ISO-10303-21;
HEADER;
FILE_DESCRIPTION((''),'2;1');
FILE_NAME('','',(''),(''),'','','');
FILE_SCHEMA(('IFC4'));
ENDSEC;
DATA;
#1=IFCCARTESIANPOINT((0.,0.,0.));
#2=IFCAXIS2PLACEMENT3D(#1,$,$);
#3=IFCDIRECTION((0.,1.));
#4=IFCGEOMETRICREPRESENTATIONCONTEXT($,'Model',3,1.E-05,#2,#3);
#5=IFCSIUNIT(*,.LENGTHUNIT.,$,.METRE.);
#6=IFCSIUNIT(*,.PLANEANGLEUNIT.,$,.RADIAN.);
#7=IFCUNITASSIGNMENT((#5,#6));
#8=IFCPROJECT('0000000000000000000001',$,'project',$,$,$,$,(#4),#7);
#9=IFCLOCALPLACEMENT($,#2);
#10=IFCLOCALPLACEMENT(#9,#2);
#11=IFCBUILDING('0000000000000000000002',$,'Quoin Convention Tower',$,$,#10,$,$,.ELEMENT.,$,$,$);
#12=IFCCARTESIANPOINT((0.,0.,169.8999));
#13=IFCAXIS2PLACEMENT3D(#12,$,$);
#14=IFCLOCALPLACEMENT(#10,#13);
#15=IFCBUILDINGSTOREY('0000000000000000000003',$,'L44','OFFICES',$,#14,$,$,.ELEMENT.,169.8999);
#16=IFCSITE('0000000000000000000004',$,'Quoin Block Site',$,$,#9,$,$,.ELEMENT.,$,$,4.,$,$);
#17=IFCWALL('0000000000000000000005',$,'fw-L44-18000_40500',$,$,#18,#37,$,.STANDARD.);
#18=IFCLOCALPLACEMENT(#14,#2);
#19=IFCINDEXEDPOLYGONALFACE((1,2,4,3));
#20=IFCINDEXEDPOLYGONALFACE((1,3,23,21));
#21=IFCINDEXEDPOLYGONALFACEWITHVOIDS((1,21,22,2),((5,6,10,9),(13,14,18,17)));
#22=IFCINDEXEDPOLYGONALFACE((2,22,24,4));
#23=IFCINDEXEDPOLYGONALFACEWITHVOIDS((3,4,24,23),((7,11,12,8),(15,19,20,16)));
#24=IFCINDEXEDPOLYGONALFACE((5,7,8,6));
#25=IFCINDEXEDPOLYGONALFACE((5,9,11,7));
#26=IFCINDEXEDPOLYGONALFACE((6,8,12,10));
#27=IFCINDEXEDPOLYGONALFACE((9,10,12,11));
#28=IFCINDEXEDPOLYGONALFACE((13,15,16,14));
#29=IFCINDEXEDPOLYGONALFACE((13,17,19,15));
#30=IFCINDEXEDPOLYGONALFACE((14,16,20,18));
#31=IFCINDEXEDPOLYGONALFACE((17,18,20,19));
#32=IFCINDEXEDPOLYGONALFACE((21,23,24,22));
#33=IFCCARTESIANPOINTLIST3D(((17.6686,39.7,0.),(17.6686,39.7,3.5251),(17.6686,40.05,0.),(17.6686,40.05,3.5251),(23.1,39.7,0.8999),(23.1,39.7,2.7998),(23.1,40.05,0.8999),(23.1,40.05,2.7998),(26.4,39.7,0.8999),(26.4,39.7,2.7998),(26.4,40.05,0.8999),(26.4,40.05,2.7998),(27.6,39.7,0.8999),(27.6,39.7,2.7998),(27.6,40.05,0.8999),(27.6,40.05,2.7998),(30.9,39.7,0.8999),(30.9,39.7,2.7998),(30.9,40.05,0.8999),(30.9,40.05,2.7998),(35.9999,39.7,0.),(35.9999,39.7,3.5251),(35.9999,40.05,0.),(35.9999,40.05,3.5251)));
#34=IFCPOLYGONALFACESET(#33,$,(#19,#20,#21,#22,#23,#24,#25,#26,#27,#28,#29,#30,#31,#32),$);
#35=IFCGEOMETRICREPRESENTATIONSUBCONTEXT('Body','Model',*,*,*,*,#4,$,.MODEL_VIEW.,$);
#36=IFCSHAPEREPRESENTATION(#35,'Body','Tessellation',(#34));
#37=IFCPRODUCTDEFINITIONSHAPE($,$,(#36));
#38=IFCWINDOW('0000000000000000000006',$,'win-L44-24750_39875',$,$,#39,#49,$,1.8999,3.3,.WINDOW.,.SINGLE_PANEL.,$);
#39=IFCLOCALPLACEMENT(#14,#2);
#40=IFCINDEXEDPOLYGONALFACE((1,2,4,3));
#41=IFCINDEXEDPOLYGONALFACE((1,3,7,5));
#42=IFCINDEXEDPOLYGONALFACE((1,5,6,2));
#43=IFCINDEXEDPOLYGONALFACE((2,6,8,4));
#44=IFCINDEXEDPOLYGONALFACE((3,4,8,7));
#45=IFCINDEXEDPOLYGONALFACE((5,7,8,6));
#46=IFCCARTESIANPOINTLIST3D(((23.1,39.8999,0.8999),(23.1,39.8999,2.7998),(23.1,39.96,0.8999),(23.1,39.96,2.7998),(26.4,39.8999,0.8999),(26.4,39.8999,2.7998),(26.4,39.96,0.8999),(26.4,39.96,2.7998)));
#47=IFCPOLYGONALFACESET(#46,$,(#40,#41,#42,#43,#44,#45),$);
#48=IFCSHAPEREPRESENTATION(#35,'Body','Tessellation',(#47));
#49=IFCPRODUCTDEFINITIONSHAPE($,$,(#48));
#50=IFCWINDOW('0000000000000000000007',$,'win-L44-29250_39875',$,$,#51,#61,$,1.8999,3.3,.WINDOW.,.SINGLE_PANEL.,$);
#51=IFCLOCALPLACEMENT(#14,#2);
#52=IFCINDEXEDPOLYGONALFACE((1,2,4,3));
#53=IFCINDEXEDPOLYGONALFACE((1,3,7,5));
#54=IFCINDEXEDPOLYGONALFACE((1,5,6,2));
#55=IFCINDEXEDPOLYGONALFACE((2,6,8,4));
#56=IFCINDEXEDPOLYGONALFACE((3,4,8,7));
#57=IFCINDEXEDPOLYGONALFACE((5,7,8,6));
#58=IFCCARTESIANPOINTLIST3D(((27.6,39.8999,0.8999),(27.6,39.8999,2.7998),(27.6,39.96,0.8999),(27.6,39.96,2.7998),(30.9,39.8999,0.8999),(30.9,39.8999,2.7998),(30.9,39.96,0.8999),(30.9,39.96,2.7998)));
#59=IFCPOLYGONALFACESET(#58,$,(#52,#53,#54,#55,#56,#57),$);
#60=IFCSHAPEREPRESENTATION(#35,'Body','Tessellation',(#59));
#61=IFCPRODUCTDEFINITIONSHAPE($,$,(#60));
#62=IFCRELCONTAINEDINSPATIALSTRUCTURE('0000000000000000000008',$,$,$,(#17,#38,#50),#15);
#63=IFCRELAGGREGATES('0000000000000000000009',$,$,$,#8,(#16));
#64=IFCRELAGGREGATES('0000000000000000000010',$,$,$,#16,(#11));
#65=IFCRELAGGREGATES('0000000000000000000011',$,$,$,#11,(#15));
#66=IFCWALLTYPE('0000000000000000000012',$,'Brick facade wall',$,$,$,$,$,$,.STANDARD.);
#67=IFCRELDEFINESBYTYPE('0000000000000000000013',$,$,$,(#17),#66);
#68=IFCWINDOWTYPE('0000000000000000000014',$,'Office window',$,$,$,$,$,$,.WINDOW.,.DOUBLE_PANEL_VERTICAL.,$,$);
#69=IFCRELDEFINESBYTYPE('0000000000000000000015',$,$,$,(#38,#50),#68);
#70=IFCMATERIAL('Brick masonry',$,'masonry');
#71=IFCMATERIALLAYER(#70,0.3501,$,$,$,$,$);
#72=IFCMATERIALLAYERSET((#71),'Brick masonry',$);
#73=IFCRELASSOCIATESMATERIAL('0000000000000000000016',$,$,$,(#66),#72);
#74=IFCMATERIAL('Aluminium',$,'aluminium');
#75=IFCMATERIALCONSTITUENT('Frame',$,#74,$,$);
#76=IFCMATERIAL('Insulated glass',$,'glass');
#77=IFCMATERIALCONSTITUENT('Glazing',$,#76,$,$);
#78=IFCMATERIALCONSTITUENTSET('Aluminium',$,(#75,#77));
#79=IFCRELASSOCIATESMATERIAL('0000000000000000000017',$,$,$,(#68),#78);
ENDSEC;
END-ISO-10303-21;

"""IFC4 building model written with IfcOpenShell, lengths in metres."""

from ifc_helpers import new_model, si_unit, direction, frame, frame_2d, origin, place, context, subcontext, project, spatial, rectangle, extrude, material, layer, layer_set, constituent, constituent_set, type_object, element, fill, save


model = new_model("IFC4")

# Units and contexts
model_context = context("Model", 3, precision=1e-05, world=origin(), true_north=direction((0.0, 1.0)))
body_context = subcontext(model_context, "Body", "Model", "MODEL_VIEW")
ifc_project = project(units=[si_unit("LENGTHUNIT", "METRE"), si_unit("PLANEANGLEUNIT", "RADIAN")], contexts=[model_context])

# Site, building, storey
site_placement = place(None, origin())
site = spatial("IfcSite", under=ifc_project, at=site_placement, Name="Quoin Block Site", CompositionType="ELEMENT", RefElevation=4.0)
building_placement = place(site_placement, origin())
building = spatial("IfcBuilding", under=site, at=building_placement, Name="Quoin Convention Tower", CompositionType="ELEMENT")
storey_placement = place(building_placement, frame((0.0, 0.0, 169.8999)))
storey = spatial("IfcBuildingStorey", under=building, at=storey_placement, Name="L44", Description="OFFICES", CompositionType="ELEMENT", Elevation=169.8999)

# Wall, openings, windows
ifc_material_1 = material(Name="Brick masonry", Category="masonry")
ifc_layer_1 = layer(ifc_material_1, 0.3501)
ifc_layer_set_1 = layer_set([ifc_layer_1], Name="Brick masonry")
wall_type = type_object("IfcWallType", Name="Brick facade wall", PredefinedType="STANDARD", material=ifc_layer_set_1)
ifc_material_2 = material(Name="Aluminium", Category="aluminium")
ifc_constituent_1 = constituent(ifc_material_2, Name="Frame")
ifc_material_3 = material(Name="Insulated glass", Category="glass")
ifc_constituent_2 = constituent(ifc_material_3, Name="Glazing")
ifc_constituent_set = constituent_set(constituents=[ifc_constituent_1, ifc_constituent_2], Name="Aluminium")
window_type = type_object("IfcWindowType", Name="Office window", PartitioningType="DOUBLE_PANEL_VERTICAL", PredefinedType="WINDOW", material=ifc_constituent_set)
wall_1_placement = place(storey_placement, frame((17.6687, 39.875, 0.0), z_axis=(0.0, 0.0, 1.0), x_axis=(1.0, 0.0, 0.0)))
wall_1 = element("IfcWall", 1, at=wall_1_placement, inside=storey, type_object=wall_type, Name="fw-L44-18000_40500", PredefinedType="STANDARD", context=body_context, shape_type="SweptSolid", body=[
    extrude(rectangle(XDim=18.3313, YDim=0.3501, at=frame_2d((9.1655, 0.0))), origin(), (0.0, 0.0, 1.0), 3.5251),
])
opening_1_placement = place(wall_1_placement, frame((5.4314, 0.0, 0.8999)))
opening_1 = element("IfcOpeningElement", 2, at=opening_1_placement, cuts=wall_1, PredefinedType="OPENING", context=body_context, shape_type="SweptSolid", body=[
    extrude(rectangle(XDim=3.3, YDim=1.8999, at=frame_2d((1.6499, 0.95))), frame((0.0, 0.1851, 0.0), z_axis=(0.0, -1.0, 0.0), x_axis=(1.0, 0.0, 0.0)), (0.0, 0.0, 1.0), 0.3701),
])
opening_2_placement = place(wall_1_placement, frame((9.9314, 0.0, 0.8999)))
opening_2 = element("IfcOpeningElement", 3, at=opening_2_placement, cuts=wall_1, PredefinedType="OPENING", context=body_context, shape_type="SweptSolid", body=[
    extrude(rectangle(XDim=3.3, YDim=1.8999, at=frame_2d((1.6499, 0.95))), frame((0.0, 0.1851, 0.0), z_axis=(0.0, -1.0, 0.0), x_axis=(1.0, 0.0, 0.0)), (0.0, 0.0, 1.0), 0.3701),
])
window_1_placement = place(opening_1_placement, origin())
window_1 = element("IfcWindow", 4, at=window_1_placement, inside=storey, type_object=window_type, Name="win-L44-24750_39875", OverallHeight=1.8999, OverallWidth=3.3, PartitioningType="SINGLE_PANEL", PredefinedType="WINDOW", context=body_context, shape_type="SweptSolid", body=[
    extrude(rectangle(XDim=3.3, YDim=1.8999, at=frame_2d((1.6499, 0.95))), frame((0.0, 0.085, 0.0), z_axis=(0.0, -1.0, 0.0), x_axis=(1.0, 0.0, 0.0)), (0.0, 0.0, 1.0), 0.0601),
])
fill(opening_1, window_1)
window_2_placement = place(opening_2_placement, origin())
window_2 = element("IfcWindow", 5, at=window_2_placement, inside=storey, type_object=window_type, Name="win-L44-29250_39875", OverallHeight=1.8999, OverallWidth=3.3, PartitioningType="SINGLE_PANEL", PredefinedType="WINDOW", context=body_context, shape_type="SweptSolid", body=[
    extrude(rectangle(XDim=3.3, YDim=1.8999, at=frame_2d((1.6499, 0.95))), frame((0.0, 0.085, 0.0), z_axis=(0.0, -1.0, 0.0), x_axis=(1.0, 0.0, 0.0)), (0.0, 0.0, 1.0), 0.0601),
])
fill(opening_2, window_2)

save(model, "model.ifc")
